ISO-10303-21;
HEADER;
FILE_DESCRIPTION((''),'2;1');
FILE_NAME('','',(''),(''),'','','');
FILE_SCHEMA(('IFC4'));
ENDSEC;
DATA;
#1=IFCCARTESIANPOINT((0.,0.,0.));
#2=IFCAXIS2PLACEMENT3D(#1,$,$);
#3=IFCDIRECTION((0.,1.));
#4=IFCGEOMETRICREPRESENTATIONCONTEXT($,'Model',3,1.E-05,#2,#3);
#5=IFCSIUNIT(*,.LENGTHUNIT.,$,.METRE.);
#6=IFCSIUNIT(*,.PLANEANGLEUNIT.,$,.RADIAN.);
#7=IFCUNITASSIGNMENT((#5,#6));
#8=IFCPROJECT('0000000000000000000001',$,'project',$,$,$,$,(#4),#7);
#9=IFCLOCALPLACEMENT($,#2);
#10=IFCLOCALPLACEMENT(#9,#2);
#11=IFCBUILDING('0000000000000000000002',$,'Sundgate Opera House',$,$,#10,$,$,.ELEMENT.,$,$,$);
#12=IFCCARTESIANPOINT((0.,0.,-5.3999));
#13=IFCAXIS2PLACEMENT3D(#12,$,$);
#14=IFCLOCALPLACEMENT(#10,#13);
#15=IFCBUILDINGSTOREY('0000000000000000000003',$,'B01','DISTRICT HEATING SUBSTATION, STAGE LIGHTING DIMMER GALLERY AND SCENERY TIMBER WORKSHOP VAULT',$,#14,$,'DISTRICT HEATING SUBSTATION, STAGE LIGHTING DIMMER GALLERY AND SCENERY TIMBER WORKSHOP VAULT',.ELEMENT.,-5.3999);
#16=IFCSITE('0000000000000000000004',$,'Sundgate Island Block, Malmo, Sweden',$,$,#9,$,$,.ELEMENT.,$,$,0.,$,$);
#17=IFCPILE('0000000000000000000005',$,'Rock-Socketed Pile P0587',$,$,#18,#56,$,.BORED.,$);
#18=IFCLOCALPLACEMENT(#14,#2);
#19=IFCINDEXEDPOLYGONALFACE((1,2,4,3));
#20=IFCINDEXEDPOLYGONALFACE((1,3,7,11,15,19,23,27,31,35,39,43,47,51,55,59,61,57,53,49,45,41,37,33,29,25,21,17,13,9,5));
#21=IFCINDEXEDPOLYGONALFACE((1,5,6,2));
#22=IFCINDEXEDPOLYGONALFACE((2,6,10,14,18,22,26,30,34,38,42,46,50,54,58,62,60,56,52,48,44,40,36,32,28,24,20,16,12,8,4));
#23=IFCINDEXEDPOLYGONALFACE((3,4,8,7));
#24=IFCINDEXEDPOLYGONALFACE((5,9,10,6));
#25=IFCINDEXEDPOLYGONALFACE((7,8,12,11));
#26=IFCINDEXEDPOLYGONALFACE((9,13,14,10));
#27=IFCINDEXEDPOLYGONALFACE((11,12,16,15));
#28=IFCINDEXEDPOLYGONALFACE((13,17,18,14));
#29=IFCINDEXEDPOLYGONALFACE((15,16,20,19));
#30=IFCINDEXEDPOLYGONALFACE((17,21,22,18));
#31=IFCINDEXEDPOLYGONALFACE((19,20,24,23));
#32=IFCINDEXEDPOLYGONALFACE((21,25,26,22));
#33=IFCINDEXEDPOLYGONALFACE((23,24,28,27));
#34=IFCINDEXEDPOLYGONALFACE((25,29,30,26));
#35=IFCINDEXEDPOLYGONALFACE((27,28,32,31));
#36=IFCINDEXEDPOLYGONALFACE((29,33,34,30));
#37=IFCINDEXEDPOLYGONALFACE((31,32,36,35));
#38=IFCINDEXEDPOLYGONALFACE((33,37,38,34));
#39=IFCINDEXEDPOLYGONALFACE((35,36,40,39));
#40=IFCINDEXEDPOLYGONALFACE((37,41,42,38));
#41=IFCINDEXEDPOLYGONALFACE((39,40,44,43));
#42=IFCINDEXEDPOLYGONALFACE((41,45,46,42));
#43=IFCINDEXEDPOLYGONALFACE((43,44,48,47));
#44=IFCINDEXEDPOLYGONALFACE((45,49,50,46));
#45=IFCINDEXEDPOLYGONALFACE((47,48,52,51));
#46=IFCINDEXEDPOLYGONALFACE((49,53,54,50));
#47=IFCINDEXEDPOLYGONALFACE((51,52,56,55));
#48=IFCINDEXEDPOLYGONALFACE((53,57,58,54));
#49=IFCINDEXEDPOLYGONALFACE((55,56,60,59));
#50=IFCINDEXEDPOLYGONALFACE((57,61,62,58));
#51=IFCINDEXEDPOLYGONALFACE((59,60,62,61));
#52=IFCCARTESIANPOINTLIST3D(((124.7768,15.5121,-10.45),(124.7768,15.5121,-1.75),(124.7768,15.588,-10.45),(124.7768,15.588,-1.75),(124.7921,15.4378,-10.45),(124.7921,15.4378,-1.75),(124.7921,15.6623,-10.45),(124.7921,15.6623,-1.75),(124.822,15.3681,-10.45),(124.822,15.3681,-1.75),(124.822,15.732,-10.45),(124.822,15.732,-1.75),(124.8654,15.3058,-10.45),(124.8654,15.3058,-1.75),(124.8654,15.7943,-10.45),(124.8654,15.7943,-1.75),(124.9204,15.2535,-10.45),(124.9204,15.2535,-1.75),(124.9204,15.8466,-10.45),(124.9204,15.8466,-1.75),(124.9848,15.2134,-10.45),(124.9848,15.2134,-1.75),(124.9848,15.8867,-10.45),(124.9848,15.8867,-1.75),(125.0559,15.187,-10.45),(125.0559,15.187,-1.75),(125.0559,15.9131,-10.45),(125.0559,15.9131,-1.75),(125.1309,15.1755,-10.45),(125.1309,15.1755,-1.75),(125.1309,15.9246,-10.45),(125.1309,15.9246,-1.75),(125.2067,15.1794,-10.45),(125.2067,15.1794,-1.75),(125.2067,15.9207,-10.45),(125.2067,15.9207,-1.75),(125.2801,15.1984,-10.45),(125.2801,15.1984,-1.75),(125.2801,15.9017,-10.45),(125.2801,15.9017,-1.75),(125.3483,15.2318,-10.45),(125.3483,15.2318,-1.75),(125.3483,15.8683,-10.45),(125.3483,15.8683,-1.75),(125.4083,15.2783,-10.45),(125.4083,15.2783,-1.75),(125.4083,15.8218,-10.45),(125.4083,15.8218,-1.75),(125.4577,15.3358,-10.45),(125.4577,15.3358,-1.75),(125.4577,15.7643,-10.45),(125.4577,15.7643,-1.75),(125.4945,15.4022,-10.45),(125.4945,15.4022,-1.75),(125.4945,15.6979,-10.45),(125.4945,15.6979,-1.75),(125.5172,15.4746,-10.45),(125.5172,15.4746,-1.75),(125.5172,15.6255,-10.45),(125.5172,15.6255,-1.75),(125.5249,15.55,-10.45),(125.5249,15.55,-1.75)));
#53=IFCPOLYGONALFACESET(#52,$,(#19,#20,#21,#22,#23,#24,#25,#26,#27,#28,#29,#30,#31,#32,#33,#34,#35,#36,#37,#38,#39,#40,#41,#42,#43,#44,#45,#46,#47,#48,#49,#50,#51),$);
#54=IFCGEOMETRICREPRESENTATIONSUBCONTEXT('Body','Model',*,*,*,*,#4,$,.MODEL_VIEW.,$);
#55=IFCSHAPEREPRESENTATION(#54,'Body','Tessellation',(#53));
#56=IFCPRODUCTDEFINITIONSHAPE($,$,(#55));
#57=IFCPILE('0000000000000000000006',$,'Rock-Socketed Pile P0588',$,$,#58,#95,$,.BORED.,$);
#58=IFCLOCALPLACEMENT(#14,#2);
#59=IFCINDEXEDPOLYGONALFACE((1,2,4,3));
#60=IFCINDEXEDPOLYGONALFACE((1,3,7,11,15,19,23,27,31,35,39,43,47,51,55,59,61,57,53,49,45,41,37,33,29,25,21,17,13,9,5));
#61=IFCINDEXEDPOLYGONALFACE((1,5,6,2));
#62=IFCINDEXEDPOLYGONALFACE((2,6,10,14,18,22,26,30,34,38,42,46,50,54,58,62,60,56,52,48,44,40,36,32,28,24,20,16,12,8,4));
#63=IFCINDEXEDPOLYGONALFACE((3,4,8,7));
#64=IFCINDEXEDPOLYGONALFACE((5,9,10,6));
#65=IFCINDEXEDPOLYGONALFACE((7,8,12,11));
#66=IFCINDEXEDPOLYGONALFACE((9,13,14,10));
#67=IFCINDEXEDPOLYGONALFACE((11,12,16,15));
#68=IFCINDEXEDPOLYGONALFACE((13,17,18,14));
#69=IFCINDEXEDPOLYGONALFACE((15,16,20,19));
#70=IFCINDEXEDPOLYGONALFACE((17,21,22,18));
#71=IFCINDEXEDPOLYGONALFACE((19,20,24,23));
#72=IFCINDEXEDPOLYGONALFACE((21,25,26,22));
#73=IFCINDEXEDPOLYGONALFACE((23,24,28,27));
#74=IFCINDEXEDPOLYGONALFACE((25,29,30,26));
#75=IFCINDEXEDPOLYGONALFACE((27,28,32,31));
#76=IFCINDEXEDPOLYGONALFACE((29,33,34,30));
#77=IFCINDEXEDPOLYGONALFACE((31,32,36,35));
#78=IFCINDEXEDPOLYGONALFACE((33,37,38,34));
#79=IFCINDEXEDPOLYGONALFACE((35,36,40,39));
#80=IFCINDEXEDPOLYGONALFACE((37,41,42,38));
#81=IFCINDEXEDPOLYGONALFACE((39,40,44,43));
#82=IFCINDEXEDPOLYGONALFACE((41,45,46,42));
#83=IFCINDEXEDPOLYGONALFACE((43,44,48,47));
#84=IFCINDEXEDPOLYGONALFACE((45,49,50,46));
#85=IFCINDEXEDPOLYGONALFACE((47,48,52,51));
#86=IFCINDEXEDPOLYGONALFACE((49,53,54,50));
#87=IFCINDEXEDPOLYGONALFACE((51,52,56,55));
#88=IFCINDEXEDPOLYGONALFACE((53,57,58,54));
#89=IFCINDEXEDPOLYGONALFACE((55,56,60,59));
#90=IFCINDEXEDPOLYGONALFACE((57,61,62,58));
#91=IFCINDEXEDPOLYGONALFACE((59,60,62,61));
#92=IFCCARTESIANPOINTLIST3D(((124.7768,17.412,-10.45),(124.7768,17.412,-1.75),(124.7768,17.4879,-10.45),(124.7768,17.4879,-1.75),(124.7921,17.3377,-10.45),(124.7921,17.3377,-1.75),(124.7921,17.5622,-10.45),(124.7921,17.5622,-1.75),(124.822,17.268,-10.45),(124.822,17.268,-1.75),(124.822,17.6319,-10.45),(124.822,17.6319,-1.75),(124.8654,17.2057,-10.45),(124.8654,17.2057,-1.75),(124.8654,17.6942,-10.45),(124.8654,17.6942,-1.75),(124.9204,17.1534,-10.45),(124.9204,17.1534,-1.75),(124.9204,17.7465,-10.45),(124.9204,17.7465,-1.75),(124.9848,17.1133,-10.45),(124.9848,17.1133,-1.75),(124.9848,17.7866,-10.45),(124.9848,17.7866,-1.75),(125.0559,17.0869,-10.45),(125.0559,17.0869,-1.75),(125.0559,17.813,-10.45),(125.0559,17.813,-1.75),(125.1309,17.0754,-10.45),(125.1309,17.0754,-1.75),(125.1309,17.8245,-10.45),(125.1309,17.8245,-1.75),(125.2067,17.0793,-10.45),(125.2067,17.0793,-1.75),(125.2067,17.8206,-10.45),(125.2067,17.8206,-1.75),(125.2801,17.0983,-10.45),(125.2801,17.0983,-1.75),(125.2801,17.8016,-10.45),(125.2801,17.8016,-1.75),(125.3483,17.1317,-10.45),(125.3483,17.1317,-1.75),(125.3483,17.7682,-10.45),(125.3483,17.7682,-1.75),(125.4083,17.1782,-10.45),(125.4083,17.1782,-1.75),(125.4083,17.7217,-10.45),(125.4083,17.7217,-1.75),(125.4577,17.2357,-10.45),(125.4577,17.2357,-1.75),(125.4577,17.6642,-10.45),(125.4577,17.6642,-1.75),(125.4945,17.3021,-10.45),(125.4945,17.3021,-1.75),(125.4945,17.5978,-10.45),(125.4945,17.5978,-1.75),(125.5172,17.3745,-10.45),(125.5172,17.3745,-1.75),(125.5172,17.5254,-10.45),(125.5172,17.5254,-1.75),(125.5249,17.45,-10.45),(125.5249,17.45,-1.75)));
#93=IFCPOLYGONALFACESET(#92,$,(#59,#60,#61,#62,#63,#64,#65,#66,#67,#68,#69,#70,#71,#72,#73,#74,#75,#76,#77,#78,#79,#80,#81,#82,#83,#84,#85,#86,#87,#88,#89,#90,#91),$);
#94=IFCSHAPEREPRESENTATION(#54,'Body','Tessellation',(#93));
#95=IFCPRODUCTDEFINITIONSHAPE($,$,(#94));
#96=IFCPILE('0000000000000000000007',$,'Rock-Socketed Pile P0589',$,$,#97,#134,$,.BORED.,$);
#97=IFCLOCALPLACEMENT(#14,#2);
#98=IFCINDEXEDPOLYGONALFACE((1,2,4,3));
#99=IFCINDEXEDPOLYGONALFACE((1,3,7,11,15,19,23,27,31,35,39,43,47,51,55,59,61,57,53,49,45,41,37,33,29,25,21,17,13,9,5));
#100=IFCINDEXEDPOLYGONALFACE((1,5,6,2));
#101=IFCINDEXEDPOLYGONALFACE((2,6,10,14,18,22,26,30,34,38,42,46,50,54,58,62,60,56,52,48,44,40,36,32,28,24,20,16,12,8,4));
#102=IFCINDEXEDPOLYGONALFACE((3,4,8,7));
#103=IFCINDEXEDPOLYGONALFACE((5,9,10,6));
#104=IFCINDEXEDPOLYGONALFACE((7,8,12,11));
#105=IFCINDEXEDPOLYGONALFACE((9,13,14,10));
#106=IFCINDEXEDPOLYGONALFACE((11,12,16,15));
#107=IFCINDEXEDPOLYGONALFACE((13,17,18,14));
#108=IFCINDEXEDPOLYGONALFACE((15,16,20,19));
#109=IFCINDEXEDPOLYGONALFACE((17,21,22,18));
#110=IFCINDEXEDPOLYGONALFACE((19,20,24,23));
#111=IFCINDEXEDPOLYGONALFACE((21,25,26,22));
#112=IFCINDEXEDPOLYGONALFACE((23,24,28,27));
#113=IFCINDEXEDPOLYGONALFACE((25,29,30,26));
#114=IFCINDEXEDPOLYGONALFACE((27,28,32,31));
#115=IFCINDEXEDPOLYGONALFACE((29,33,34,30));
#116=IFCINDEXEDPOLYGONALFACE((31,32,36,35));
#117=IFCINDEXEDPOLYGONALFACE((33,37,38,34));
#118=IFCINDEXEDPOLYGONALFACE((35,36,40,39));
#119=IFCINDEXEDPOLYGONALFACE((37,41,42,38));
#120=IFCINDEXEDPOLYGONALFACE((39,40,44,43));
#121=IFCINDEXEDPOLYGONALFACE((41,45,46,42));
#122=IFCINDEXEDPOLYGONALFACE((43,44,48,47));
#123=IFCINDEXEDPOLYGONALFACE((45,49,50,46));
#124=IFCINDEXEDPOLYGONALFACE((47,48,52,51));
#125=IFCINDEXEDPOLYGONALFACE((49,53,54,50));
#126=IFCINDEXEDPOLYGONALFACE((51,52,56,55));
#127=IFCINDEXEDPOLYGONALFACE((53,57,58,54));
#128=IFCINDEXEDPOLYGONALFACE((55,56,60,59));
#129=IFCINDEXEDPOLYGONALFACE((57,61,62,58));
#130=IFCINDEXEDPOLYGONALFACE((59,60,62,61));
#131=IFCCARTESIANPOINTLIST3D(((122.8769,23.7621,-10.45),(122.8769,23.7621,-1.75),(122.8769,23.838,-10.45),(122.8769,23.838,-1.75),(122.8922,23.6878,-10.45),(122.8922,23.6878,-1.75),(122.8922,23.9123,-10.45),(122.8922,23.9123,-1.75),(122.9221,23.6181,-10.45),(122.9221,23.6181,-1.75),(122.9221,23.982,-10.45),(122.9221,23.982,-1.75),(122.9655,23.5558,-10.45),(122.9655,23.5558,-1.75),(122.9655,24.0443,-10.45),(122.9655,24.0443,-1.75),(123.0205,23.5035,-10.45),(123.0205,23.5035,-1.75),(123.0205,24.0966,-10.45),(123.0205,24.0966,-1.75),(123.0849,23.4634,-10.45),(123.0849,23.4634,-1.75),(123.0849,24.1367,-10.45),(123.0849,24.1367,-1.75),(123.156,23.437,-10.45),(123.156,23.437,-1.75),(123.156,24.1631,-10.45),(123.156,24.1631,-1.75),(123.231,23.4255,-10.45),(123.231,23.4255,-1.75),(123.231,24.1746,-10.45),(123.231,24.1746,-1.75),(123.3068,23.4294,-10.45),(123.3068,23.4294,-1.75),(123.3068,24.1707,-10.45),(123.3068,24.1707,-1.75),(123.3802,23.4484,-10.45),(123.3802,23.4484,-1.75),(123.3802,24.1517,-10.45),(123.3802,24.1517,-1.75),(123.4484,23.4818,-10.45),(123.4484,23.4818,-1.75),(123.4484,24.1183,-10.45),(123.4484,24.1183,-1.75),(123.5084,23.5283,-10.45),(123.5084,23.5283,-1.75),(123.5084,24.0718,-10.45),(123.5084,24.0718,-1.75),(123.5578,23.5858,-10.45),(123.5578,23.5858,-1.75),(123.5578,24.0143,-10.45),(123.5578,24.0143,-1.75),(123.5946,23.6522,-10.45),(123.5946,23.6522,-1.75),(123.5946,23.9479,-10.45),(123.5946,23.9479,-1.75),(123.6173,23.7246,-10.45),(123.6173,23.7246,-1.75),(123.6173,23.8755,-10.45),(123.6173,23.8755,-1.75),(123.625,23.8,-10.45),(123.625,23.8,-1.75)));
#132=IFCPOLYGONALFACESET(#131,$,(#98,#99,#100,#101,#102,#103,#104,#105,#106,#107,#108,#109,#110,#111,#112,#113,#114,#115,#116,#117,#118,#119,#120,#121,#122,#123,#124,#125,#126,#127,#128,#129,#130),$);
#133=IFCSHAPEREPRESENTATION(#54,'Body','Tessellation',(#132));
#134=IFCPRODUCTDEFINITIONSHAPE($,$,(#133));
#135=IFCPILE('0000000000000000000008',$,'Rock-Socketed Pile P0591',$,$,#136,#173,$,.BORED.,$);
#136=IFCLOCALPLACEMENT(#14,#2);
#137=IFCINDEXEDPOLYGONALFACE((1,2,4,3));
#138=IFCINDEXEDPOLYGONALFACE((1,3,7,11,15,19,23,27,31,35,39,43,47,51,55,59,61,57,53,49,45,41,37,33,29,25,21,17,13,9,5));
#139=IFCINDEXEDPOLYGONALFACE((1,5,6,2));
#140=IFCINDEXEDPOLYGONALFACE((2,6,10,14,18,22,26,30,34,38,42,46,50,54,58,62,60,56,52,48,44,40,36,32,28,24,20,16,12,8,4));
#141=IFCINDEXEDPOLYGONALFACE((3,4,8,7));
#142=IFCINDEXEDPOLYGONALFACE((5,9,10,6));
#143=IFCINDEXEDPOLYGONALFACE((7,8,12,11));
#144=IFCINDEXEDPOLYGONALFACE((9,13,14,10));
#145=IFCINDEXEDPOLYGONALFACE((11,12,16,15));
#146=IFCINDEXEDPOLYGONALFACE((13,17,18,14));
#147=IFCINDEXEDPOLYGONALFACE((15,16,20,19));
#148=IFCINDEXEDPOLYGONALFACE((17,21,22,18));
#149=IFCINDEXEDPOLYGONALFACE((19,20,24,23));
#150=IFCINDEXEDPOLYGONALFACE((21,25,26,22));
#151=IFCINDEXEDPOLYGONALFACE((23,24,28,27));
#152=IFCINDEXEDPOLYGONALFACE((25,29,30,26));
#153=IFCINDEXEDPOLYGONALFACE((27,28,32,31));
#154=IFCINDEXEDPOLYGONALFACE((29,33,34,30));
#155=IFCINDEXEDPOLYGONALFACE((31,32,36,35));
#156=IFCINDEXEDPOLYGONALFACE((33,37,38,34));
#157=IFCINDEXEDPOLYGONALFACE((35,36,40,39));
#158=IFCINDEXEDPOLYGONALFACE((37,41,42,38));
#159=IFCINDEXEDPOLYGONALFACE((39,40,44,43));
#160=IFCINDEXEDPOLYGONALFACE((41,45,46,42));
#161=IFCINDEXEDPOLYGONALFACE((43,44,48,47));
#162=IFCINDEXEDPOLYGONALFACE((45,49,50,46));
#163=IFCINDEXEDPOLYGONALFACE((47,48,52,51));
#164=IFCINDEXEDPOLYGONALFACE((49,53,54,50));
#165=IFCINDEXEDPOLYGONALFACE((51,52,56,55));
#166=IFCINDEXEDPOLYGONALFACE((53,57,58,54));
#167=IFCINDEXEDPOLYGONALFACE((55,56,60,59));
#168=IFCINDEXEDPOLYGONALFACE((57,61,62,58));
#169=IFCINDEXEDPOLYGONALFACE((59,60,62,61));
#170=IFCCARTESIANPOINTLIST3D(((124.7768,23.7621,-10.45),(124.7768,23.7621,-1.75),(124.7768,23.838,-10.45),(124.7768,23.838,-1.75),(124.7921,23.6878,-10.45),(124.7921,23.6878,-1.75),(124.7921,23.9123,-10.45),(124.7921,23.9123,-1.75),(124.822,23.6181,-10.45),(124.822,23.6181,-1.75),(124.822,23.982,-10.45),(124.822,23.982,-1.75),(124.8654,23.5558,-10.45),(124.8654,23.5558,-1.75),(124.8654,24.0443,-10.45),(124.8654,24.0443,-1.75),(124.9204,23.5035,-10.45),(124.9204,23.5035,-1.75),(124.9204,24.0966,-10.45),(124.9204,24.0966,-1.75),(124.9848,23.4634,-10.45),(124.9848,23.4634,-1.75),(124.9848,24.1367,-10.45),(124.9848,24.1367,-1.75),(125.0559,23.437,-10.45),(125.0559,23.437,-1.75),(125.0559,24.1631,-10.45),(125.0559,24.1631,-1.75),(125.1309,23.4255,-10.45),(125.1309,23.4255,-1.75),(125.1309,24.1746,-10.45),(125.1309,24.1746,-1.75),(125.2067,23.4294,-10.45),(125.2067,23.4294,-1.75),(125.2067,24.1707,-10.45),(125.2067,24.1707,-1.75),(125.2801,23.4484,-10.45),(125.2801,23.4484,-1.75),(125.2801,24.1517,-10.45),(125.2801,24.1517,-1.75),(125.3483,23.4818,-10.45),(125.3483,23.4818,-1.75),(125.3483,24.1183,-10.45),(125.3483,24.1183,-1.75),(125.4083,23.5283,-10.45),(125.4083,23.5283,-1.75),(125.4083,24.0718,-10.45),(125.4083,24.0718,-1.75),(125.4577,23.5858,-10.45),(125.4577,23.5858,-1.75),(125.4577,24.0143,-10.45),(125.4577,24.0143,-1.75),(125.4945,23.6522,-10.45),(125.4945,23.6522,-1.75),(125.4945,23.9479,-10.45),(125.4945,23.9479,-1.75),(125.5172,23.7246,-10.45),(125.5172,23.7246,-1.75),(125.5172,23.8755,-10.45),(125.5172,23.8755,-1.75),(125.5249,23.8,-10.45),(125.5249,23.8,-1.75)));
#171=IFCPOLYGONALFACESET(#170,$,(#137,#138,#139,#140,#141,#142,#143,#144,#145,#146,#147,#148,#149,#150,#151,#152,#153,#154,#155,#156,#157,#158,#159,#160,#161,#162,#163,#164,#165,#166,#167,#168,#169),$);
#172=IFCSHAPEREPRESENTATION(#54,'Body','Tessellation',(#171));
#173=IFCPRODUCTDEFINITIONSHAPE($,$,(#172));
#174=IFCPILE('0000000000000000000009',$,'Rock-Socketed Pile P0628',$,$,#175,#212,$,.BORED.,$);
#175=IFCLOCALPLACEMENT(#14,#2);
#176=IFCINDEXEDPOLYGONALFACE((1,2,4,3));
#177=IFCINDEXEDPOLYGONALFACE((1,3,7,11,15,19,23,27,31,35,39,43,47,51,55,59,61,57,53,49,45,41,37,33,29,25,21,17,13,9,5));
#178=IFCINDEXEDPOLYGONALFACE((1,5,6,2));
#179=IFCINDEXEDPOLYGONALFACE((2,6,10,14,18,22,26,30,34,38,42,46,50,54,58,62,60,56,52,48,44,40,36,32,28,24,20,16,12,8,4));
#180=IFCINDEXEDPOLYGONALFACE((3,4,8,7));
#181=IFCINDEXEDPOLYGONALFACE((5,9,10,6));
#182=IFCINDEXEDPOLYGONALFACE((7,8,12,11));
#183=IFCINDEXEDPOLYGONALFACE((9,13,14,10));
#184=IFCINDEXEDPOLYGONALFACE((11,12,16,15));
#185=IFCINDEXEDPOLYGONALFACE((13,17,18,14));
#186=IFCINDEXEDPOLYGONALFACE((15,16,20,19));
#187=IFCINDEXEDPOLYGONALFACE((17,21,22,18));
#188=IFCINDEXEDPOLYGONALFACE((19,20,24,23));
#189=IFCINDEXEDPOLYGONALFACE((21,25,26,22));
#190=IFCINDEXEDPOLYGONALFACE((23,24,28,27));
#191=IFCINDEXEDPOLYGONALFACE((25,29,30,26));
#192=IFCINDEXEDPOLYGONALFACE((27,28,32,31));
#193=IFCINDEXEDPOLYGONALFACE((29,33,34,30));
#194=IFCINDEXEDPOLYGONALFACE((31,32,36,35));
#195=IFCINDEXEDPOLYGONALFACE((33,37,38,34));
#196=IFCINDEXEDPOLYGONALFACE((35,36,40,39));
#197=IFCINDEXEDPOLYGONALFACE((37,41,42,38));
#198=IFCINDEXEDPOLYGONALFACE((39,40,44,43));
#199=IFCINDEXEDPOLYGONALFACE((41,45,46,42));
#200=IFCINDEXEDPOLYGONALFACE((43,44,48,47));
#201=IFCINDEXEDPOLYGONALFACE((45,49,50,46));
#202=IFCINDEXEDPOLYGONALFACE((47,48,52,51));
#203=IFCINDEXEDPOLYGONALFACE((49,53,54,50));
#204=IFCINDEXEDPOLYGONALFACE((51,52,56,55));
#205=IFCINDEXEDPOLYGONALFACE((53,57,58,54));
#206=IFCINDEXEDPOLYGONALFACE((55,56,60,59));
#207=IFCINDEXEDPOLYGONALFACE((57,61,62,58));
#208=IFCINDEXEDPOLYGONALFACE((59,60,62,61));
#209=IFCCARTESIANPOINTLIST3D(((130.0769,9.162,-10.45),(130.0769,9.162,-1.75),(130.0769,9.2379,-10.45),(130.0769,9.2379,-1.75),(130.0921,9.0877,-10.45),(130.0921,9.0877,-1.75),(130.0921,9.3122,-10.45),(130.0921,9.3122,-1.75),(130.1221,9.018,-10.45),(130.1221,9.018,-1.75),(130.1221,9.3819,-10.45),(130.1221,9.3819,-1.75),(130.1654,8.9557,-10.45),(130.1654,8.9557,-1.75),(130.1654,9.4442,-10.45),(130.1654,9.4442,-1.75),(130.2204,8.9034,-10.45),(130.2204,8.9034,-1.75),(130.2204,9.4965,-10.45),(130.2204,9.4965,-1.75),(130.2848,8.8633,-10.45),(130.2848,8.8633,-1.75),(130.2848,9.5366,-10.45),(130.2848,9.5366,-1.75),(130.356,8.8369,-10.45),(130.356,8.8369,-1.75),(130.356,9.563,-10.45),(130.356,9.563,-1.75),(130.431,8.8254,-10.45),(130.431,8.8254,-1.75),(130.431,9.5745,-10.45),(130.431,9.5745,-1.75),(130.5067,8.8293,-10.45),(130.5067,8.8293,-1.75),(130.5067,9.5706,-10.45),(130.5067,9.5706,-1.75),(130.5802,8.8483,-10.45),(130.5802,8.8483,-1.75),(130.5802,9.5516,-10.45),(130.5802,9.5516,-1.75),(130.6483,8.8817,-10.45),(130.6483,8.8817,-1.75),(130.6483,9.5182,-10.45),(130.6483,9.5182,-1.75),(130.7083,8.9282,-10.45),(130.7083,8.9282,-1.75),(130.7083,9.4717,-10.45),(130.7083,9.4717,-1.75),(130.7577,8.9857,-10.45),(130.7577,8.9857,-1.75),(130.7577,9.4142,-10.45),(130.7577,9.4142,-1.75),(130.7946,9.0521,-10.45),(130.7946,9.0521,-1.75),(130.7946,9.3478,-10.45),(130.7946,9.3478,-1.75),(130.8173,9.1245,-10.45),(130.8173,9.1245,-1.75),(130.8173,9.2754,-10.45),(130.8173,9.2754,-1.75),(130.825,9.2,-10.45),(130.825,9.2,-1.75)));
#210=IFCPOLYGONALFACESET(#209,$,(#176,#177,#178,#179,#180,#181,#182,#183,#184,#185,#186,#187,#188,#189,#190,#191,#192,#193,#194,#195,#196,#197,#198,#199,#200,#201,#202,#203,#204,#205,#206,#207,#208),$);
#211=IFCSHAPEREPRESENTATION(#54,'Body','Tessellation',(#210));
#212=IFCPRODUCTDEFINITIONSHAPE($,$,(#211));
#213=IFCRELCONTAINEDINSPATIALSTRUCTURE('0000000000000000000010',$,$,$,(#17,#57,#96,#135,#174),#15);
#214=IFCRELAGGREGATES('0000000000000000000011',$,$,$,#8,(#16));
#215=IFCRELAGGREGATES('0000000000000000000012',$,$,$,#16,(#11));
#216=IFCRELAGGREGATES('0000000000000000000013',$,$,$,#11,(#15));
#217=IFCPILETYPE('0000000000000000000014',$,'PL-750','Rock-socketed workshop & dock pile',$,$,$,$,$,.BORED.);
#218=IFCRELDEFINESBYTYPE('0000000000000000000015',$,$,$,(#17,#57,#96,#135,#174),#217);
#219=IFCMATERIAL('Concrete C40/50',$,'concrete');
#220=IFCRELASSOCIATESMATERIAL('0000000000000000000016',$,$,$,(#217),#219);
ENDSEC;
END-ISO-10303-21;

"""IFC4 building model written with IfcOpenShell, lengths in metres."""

from ifc_helpers import new_model, si_unit, direction, frame, origin, origin_2d, place, context, subcontext, project, spatial, circle, extrude, material, material_profile, profile_set, type_object, element, save


model = new_model("IFC4")

# Units and contexts
model_context = context("Model", 3, precision=1e-05, world=origin(), true_north=direction((0.0, 1.0)))
body_context = subcontext(model_context, "Body", "Model", "MODEL_VIEW")
ifc_project = project(units=[si_unit("LENGTHUNIT", "METRE"), si_unit("PLANEANGLEUNIT", "RADIAN")], contexts=[model_context])

# Site, building, storey
site_placement = place(None, origin())
site = spatial("IfcSite", under=ifc_project, at=site_placement, Name="Sundgate Island Block, Malmo, Sweden", CompositionType="ELEMENT", RefElevation=0.0)
building_placement = place(site_placement, origin())
building = spatial("IfcBuilding", under=site, at=building_placement, Name="Sundgate Opera House", CompositionType="ELEMENT")
storey_placement = place(building_placement, frame((0.0, 0.0, -5.3999)))
storey = spatial("IfcBuildingStorey", under=building, at=storey_placement, Name="B01", Description="DISTRICT HEATING SUBSTATION, STAGE LIGHTING DIMMER GALLERY AND SCENERY TIMBER WORKSHOP VAULT", LongName="DISTRICT HEATING SUBSTATION, STAGE LIGHTING DIMMER GALLERY AND SCENERY TIMBER WORKSHOP VAULT", CompositionType="ELEMENT", Elevation=-5.3999)

# Piles
ifc_material_1 = material(Name="Concrete C40/50", Category="concrete")
ifc_material_profile_1 = material_profile(ifc_material_1, circle(Radius=0.375, at=origin_2d()), Name="PILE D750")
ifc_profile_set_1 = profile_set([ifc_material_profile_1], Name="Concrete C40/50")
pile_type = type_object("IfcPileType", Name="PL-750", Description="Rock-socketed workshop & dock pile", PredefinedType="BORED", material=ifc_profile_set_1)
for number, where, z_axis, x_axis, name in (
    (1, (125.1499, 15.55, -1.75), (0.0, 0.0, -1.0), (1.0, 0.0, 0.0), "Rock-Socketed Pile P0587"),
    (2, (125.1499, 17.45, -1.75), (0.0, 0.0, -1.0), (1.0, 0.0, 0.0), "Rock-Socketed Pile P0588"),
    (3, (123.25, 23.8, -1.75), (0.0, 0.0, -1.0), (1.0, 0.0, 0.0), "Rock-Socketed Pile P0589"),
    (4, (125.1499, 23.8, -1.75), (0.0, 0.0, -1.0), (1.0, 0.0, 0.0), "Rock-Socketed Pile P0591"),
    (5, (130.45, 9.2, -1.75), (0.0, 0.0, -1.0), (1.0, 0.0, 0.0), "Rock-Socketed Pile P0628"),
):
    element("IfcPile", number, at=place(storey_placement, frame(where, z_axis=z_axis, x_axis=x_axis)), inside=storey, type_object=pile_type, Name=name, PredefinedType="BORED", context=body_context, shape_type="SweptSolid", body=[
        extrude(circle(Radius=0.375, at=origin_2d()), origin(), (0.0, 0.0, 1.0), 8.7),
    ])

save(model, "model.ifc")
